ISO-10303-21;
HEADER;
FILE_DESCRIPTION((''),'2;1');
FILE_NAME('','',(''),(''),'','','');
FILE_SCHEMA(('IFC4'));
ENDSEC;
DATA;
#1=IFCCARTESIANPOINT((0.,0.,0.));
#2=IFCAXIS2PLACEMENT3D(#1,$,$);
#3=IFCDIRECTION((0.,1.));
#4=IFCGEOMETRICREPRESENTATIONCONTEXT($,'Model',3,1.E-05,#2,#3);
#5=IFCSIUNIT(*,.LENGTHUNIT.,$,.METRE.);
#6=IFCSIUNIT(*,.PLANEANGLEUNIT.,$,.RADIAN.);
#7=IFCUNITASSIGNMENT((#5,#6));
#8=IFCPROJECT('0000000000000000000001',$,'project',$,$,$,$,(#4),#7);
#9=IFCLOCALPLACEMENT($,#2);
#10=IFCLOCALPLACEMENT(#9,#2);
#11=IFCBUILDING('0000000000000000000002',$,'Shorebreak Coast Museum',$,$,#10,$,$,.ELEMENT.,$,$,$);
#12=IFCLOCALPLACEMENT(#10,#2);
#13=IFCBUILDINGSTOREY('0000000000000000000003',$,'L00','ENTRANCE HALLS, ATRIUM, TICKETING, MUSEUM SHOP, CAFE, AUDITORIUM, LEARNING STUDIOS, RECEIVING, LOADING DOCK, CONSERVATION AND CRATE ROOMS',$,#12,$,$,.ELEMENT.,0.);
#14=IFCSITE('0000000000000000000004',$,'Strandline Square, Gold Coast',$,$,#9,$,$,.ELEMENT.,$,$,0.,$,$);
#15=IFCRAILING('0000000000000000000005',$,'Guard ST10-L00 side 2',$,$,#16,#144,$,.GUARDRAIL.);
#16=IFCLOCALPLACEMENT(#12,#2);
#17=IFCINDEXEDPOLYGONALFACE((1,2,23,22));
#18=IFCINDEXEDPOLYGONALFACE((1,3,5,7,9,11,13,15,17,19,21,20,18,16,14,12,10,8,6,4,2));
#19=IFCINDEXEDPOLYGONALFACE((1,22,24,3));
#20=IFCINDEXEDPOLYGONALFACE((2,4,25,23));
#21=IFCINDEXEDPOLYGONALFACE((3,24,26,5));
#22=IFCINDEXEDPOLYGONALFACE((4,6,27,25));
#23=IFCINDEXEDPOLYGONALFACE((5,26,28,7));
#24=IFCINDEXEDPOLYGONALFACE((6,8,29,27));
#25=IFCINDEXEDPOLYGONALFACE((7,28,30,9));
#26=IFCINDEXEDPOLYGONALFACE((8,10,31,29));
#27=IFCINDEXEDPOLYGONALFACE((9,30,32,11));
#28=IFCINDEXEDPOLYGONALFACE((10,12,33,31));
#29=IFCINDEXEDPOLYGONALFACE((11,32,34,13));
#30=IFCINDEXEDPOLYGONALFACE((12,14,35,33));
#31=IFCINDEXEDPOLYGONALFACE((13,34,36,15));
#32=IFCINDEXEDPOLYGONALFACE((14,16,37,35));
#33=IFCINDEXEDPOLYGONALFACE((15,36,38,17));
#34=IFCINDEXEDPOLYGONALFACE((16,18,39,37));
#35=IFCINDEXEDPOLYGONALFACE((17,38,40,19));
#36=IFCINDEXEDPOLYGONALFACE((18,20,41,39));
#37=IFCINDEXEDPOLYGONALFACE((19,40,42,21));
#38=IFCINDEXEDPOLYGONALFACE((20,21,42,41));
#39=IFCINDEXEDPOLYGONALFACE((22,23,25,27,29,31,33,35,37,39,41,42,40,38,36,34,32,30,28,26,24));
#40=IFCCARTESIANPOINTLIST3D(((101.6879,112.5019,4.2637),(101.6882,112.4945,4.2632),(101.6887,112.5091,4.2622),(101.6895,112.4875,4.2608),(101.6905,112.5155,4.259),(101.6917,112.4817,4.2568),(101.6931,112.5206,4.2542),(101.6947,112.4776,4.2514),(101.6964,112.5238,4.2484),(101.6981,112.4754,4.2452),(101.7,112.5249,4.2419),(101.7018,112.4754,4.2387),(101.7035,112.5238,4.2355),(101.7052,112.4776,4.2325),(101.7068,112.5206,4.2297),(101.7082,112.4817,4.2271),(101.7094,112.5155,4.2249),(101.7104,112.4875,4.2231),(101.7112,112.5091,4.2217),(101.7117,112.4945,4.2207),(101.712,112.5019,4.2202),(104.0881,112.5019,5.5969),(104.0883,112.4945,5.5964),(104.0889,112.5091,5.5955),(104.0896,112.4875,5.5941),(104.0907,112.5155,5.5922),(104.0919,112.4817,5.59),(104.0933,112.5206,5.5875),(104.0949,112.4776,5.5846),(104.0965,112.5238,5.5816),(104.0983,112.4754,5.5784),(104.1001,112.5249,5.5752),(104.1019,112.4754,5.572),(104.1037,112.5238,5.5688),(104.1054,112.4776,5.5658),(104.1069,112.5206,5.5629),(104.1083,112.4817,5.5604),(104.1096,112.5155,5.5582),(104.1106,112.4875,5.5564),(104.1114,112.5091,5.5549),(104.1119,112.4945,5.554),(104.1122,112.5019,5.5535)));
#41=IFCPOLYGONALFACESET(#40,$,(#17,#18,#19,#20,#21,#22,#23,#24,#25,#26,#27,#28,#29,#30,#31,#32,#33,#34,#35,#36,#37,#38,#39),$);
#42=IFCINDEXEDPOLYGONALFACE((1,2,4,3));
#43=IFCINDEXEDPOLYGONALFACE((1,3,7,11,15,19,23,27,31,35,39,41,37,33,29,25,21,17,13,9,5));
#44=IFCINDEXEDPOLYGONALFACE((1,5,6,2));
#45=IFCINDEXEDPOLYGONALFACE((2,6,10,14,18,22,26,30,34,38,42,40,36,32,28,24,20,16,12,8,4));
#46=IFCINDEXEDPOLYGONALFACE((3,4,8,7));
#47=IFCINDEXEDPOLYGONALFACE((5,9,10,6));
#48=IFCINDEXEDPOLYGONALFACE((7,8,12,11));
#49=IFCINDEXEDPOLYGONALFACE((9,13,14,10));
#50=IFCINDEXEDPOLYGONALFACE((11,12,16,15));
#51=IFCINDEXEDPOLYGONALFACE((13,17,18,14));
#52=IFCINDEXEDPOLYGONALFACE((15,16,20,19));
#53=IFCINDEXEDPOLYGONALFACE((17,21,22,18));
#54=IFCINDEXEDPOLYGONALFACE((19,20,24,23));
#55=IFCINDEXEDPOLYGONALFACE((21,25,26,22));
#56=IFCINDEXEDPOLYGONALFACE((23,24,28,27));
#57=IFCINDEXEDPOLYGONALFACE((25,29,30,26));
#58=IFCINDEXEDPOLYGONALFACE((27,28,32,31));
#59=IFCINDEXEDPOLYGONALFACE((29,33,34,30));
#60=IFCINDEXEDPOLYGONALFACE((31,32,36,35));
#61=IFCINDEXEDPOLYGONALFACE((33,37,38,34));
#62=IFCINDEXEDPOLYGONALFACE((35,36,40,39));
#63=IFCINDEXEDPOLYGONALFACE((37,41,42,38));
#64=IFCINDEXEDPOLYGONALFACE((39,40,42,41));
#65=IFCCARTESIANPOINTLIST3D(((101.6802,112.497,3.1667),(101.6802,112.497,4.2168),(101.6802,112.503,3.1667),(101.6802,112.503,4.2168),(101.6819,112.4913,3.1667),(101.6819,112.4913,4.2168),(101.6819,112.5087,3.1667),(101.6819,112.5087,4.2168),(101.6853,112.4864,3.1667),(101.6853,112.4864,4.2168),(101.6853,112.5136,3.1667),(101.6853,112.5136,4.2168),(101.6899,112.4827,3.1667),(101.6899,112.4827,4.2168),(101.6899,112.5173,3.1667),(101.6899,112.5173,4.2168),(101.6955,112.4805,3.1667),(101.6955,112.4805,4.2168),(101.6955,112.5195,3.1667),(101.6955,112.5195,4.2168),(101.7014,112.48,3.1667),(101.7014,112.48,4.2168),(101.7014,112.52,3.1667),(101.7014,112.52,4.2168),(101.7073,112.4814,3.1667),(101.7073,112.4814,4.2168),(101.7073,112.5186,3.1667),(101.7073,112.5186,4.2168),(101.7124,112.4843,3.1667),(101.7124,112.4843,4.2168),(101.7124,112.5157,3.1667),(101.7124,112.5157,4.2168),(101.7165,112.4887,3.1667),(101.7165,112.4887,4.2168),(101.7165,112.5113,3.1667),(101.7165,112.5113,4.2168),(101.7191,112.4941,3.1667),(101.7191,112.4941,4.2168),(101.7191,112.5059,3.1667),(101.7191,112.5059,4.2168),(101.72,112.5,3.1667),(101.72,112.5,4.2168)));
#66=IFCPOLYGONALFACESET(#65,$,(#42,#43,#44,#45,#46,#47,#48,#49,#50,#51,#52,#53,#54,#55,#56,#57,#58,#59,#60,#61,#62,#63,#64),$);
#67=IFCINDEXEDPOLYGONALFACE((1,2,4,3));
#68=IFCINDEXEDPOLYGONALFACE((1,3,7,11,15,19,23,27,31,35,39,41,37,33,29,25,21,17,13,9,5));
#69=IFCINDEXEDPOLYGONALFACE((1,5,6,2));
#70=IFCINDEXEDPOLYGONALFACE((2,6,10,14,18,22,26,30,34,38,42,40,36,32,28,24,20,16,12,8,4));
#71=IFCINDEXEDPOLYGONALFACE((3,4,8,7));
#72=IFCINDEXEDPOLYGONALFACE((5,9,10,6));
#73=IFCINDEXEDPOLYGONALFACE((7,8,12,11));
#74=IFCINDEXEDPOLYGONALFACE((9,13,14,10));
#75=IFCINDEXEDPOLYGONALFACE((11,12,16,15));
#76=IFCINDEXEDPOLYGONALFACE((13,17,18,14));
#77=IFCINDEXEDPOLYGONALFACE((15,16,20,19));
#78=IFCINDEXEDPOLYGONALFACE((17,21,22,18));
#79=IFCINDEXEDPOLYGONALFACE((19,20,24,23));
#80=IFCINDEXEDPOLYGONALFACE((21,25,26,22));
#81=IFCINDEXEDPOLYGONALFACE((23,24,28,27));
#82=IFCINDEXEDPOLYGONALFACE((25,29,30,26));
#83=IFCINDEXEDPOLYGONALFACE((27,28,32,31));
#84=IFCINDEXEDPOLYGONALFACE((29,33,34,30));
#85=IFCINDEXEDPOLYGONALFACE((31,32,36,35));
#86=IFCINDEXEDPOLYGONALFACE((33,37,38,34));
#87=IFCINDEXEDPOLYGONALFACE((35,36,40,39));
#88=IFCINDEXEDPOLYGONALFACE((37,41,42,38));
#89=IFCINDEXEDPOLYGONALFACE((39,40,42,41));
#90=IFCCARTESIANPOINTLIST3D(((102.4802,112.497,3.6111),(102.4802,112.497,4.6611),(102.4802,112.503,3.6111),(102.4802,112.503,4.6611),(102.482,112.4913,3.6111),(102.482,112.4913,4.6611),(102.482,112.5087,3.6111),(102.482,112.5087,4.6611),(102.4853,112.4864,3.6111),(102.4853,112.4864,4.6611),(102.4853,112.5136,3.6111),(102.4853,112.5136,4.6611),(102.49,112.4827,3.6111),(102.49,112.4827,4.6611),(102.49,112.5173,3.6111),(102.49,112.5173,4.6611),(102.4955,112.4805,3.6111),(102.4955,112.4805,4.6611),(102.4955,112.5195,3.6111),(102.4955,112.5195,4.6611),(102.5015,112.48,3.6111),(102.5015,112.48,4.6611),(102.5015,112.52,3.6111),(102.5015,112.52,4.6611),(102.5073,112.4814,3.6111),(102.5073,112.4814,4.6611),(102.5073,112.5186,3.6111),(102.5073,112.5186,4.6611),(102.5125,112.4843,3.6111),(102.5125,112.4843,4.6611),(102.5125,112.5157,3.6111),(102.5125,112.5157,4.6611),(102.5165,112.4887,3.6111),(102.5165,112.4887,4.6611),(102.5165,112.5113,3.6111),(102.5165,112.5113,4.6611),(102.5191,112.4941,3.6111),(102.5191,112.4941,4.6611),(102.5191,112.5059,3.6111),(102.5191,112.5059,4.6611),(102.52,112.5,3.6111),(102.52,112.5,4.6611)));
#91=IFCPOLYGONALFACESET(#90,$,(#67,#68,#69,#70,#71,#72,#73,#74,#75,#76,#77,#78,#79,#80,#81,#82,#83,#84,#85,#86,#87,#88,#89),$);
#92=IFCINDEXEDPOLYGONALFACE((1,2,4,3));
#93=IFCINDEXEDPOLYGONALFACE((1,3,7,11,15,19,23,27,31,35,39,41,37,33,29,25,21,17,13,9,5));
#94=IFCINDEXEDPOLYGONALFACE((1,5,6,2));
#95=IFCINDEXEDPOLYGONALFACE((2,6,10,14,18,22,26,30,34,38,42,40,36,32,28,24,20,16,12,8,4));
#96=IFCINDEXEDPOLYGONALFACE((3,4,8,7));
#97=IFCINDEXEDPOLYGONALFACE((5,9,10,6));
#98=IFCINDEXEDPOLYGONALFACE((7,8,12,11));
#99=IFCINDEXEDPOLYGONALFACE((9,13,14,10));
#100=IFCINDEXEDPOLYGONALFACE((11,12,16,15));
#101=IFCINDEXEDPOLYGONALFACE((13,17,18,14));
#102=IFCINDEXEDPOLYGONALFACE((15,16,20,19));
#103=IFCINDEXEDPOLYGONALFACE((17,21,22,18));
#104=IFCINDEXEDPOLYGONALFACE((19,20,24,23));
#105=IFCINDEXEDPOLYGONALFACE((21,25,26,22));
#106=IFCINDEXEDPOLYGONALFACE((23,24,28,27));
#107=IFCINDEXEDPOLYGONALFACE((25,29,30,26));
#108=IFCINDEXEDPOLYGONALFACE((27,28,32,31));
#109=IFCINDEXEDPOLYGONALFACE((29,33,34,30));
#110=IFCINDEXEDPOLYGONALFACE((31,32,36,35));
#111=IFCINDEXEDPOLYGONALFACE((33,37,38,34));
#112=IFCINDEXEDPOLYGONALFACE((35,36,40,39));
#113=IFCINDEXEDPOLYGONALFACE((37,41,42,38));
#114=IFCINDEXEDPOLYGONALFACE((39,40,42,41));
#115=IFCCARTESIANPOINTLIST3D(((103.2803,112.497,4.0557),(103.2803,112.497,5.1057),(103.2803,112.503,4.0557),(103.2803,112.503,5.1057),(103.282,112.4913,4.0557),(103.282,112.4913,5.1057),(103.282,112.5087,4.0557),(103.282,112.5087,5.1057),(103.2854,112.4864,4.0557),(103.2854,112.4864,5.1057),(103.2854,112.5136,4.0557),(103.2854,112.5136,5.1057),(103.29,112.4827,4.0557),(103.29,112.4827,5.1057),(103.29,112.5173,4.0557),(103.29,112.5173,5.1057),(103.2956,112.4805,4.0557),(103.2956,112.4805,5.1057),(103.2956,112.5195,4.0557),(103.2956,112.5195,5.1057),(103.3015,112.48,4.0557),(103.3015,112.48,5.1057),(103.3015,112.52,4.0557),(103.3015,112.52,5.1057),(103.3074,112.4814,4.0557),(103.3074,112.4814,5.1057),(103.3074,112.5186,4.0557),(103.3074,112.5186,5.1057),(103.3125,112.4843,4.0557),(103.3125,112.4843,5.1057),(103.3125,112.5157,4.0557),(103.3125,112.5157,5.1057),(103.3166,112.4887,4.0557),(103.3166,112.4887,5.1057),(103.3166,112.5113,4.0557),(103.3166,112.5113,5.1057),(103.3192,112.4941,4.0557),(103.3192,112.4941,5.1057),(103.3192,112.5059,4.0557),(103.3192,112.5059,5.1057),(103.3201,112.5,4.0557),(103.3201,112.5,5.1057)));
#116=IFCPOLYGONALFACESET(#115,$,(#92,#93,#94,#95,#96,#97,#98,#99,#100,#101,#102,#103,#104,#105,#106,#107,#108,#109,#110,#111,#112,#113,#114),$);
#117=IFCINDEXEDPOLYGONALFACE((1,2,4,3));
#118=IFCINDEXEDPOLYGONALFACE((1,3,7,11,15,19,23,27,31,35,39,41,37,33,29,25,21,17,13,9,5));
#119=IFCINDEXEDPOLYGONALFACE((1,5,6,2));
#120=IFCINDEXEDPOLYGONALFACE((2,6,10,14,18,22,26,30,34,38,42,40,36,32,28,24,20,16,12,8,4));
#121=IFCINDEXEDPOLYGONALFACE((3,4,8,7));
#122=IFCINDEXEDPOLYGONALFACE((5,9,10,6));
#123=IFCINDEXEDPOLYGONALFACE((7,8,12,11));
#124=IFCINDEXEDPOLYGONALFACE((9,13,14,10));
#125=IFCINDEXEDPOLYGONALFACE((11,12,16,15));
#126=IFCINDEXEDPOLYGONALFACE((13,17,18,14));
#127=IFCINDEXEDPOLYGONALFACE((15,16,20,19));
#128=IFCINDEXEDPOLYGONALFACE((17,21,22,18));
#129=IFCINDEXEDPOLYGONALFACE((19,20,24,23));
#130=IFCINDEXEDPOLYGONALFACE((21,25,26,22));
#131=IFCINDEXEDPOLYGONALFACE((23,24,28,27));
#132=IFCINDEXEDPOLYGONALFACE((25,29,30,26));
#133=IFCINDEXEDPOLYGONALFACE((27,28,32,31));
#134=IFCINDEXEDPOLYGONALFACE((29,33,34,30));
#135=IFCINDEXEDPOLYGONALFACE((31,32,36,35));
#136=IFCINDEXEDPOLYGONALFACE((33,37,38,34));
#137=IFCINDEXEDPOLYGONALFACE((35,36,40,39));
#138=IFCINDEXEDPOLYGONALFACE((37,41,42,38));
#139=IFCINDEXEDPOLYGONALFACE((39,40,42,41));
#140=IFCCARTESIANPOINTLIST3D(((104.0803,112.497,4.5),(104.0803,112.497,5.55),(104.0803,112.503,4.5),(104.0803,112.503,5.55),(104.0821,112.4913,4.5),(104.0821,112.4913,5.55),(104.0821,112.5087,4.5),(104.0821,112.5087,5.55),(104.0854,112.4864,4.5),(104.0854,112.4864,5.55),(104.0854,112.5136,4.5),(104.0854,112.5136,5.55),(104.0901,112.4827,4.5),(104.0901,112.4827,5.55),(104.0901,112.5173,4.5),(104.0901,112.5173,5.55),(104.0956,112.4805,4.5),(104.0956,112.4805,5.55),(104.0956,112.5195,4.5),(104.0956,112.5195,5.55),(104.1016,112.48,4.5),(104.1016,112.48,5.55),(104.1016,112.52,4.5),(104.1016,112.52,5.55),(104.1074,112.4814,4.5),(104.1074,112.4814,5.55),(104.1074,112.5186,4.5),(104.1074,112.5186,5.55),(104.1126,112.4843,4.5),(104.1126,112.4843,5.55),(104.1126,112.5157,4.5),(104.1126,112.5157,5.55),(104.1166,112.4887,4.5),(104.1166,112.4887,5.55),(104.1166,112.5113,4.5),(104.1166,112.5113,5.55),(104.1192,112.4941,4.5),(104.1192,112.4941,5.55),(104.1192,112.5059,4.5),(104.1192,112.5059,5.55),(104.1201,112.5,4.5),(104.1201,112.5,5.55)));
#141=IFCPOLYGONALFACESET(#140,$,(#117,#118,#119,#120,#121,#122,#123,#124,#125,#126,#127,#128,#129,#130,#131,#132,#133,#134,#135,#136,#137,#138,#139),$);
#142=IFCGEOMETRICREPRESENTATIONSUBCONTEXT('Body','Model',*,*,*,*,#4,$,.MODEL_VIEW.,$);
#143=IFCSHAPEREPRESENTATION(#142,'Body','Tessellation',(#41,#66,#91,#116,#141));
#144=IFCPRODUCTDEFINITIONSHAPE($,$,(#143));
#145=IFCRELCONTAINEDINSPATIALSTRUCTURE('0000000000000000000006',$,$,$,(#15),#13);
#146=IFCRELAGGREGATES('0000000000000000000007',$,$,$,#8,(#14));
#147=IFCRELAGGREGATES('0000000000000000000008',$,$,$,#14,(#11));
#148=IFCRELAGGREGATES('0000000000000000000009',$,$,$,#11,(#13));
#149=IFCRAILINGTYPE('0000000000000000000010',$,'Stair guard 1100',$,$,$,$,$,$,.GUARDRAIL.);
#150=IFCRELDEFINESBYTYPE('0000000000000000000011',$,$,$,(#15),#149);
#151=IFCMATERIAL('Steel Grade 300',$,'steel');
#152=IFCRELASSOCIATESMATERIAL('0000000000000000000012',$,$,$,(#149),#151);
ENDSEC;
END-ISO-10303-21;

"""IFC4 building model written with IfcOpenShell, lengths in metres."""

from ifc_helpers import new_model, si_unit, direction, frame, origin, origin_2d, place, context, subcontext, project, spatial, circle, extrude, material, type_object, element, save


model = new_model("IFC4")

# Units and contexts
model_context = context("Model", 3, precision=1e-05, world=origin(), true_north=direction((0.0, 1.0)))
body_context = subcontext(model_context, "Body", "Model", "MODEL_VIEW")
ifc_project = project(units=[si_unit("LENGTHUNIT", "METRE"), si_unit("PLANEANGLEUNIT", "RADIAN")], contexts=[model_context])

# Site, building, storey
site_placement = place(None, origin())
site = spatial("IfcSite", under=ifc_project, at=site_placement, Name="Strandline Square, Gold Coast", CompositionType="ELEMENT", RefElevation=0.0)
building_placement = place(site_placement, origin())
building = spatial("IfcBuilding", under=site, at=building_placement, Name="Shorebreak Coast Museum", CompositionType="ELEMENT")
storey_placement = place(building_placement, origin())
storey = spatial("IfcBuildingStorey", under=building, at=storey_placement, Name="L00", Description="ENTRANCE HALLS, ATRIUM, TICKETING, MUSEUM SHOP, CAFE, AUDITORIUM, LEARNING STUDIOS, RECEIVING, LOADING DOCK, CONSERVATION AND CRATE ROOMS", CompositionType="ELEMENT", Elevation=0.0)

# Railing
ifc_material_1 = material(Name="Steel Grade 300", Category="steel")
railing_type_1 = type_object("IfcRailingType", Name="Stair guard 1100", PredefinedType="GUARDRAIL", material=ifc_material_1)
railing_1_placement = place(storey_placement, frame((101.7, 112.5, 3.1667)))
element("IfcRailing", 1, at=railing_1_placement, inside=storey, type_object=railing_type_1, Name="Guard ST10-L00 side 2", PredefinedType="GUARDRAIL", context=body_context, shape_type="SweptSolid", body=[
    extrude(circle(Radius=0.0249, at=origin_2d()), frame((0.0, 0.0, 1.0752), z_axis=(0.874182, 0.0, 0.485598), x_axis=(0.0, 1.0, 0.0)), (0.0, 0.0, 1.0), 2.7456),
    extrude(circle(Radius=0.02, at=origin_2d()), origin(), (0.0, 0.0, 1.0), 1.05),
    extrude(circle(Radius=0.02, at=origin_2d()), frame((0.8, 0.0, 0.4443)), (0.0, 0.0, 1.0), 1.05),
    extrude(circle(Radius=0.02, at=origin_2d()), frame((1.6001, 0.0, 0.8889)), (0.0, 0.0, 1.0), 1.05),
    extrude(circle(Radius=0.02, at=origin_2d()), frame((2.4001, 0.0, 1.3333)), (0.0, 0.0, 1.0), 1.05),
])

save(model, "model.ifc")
